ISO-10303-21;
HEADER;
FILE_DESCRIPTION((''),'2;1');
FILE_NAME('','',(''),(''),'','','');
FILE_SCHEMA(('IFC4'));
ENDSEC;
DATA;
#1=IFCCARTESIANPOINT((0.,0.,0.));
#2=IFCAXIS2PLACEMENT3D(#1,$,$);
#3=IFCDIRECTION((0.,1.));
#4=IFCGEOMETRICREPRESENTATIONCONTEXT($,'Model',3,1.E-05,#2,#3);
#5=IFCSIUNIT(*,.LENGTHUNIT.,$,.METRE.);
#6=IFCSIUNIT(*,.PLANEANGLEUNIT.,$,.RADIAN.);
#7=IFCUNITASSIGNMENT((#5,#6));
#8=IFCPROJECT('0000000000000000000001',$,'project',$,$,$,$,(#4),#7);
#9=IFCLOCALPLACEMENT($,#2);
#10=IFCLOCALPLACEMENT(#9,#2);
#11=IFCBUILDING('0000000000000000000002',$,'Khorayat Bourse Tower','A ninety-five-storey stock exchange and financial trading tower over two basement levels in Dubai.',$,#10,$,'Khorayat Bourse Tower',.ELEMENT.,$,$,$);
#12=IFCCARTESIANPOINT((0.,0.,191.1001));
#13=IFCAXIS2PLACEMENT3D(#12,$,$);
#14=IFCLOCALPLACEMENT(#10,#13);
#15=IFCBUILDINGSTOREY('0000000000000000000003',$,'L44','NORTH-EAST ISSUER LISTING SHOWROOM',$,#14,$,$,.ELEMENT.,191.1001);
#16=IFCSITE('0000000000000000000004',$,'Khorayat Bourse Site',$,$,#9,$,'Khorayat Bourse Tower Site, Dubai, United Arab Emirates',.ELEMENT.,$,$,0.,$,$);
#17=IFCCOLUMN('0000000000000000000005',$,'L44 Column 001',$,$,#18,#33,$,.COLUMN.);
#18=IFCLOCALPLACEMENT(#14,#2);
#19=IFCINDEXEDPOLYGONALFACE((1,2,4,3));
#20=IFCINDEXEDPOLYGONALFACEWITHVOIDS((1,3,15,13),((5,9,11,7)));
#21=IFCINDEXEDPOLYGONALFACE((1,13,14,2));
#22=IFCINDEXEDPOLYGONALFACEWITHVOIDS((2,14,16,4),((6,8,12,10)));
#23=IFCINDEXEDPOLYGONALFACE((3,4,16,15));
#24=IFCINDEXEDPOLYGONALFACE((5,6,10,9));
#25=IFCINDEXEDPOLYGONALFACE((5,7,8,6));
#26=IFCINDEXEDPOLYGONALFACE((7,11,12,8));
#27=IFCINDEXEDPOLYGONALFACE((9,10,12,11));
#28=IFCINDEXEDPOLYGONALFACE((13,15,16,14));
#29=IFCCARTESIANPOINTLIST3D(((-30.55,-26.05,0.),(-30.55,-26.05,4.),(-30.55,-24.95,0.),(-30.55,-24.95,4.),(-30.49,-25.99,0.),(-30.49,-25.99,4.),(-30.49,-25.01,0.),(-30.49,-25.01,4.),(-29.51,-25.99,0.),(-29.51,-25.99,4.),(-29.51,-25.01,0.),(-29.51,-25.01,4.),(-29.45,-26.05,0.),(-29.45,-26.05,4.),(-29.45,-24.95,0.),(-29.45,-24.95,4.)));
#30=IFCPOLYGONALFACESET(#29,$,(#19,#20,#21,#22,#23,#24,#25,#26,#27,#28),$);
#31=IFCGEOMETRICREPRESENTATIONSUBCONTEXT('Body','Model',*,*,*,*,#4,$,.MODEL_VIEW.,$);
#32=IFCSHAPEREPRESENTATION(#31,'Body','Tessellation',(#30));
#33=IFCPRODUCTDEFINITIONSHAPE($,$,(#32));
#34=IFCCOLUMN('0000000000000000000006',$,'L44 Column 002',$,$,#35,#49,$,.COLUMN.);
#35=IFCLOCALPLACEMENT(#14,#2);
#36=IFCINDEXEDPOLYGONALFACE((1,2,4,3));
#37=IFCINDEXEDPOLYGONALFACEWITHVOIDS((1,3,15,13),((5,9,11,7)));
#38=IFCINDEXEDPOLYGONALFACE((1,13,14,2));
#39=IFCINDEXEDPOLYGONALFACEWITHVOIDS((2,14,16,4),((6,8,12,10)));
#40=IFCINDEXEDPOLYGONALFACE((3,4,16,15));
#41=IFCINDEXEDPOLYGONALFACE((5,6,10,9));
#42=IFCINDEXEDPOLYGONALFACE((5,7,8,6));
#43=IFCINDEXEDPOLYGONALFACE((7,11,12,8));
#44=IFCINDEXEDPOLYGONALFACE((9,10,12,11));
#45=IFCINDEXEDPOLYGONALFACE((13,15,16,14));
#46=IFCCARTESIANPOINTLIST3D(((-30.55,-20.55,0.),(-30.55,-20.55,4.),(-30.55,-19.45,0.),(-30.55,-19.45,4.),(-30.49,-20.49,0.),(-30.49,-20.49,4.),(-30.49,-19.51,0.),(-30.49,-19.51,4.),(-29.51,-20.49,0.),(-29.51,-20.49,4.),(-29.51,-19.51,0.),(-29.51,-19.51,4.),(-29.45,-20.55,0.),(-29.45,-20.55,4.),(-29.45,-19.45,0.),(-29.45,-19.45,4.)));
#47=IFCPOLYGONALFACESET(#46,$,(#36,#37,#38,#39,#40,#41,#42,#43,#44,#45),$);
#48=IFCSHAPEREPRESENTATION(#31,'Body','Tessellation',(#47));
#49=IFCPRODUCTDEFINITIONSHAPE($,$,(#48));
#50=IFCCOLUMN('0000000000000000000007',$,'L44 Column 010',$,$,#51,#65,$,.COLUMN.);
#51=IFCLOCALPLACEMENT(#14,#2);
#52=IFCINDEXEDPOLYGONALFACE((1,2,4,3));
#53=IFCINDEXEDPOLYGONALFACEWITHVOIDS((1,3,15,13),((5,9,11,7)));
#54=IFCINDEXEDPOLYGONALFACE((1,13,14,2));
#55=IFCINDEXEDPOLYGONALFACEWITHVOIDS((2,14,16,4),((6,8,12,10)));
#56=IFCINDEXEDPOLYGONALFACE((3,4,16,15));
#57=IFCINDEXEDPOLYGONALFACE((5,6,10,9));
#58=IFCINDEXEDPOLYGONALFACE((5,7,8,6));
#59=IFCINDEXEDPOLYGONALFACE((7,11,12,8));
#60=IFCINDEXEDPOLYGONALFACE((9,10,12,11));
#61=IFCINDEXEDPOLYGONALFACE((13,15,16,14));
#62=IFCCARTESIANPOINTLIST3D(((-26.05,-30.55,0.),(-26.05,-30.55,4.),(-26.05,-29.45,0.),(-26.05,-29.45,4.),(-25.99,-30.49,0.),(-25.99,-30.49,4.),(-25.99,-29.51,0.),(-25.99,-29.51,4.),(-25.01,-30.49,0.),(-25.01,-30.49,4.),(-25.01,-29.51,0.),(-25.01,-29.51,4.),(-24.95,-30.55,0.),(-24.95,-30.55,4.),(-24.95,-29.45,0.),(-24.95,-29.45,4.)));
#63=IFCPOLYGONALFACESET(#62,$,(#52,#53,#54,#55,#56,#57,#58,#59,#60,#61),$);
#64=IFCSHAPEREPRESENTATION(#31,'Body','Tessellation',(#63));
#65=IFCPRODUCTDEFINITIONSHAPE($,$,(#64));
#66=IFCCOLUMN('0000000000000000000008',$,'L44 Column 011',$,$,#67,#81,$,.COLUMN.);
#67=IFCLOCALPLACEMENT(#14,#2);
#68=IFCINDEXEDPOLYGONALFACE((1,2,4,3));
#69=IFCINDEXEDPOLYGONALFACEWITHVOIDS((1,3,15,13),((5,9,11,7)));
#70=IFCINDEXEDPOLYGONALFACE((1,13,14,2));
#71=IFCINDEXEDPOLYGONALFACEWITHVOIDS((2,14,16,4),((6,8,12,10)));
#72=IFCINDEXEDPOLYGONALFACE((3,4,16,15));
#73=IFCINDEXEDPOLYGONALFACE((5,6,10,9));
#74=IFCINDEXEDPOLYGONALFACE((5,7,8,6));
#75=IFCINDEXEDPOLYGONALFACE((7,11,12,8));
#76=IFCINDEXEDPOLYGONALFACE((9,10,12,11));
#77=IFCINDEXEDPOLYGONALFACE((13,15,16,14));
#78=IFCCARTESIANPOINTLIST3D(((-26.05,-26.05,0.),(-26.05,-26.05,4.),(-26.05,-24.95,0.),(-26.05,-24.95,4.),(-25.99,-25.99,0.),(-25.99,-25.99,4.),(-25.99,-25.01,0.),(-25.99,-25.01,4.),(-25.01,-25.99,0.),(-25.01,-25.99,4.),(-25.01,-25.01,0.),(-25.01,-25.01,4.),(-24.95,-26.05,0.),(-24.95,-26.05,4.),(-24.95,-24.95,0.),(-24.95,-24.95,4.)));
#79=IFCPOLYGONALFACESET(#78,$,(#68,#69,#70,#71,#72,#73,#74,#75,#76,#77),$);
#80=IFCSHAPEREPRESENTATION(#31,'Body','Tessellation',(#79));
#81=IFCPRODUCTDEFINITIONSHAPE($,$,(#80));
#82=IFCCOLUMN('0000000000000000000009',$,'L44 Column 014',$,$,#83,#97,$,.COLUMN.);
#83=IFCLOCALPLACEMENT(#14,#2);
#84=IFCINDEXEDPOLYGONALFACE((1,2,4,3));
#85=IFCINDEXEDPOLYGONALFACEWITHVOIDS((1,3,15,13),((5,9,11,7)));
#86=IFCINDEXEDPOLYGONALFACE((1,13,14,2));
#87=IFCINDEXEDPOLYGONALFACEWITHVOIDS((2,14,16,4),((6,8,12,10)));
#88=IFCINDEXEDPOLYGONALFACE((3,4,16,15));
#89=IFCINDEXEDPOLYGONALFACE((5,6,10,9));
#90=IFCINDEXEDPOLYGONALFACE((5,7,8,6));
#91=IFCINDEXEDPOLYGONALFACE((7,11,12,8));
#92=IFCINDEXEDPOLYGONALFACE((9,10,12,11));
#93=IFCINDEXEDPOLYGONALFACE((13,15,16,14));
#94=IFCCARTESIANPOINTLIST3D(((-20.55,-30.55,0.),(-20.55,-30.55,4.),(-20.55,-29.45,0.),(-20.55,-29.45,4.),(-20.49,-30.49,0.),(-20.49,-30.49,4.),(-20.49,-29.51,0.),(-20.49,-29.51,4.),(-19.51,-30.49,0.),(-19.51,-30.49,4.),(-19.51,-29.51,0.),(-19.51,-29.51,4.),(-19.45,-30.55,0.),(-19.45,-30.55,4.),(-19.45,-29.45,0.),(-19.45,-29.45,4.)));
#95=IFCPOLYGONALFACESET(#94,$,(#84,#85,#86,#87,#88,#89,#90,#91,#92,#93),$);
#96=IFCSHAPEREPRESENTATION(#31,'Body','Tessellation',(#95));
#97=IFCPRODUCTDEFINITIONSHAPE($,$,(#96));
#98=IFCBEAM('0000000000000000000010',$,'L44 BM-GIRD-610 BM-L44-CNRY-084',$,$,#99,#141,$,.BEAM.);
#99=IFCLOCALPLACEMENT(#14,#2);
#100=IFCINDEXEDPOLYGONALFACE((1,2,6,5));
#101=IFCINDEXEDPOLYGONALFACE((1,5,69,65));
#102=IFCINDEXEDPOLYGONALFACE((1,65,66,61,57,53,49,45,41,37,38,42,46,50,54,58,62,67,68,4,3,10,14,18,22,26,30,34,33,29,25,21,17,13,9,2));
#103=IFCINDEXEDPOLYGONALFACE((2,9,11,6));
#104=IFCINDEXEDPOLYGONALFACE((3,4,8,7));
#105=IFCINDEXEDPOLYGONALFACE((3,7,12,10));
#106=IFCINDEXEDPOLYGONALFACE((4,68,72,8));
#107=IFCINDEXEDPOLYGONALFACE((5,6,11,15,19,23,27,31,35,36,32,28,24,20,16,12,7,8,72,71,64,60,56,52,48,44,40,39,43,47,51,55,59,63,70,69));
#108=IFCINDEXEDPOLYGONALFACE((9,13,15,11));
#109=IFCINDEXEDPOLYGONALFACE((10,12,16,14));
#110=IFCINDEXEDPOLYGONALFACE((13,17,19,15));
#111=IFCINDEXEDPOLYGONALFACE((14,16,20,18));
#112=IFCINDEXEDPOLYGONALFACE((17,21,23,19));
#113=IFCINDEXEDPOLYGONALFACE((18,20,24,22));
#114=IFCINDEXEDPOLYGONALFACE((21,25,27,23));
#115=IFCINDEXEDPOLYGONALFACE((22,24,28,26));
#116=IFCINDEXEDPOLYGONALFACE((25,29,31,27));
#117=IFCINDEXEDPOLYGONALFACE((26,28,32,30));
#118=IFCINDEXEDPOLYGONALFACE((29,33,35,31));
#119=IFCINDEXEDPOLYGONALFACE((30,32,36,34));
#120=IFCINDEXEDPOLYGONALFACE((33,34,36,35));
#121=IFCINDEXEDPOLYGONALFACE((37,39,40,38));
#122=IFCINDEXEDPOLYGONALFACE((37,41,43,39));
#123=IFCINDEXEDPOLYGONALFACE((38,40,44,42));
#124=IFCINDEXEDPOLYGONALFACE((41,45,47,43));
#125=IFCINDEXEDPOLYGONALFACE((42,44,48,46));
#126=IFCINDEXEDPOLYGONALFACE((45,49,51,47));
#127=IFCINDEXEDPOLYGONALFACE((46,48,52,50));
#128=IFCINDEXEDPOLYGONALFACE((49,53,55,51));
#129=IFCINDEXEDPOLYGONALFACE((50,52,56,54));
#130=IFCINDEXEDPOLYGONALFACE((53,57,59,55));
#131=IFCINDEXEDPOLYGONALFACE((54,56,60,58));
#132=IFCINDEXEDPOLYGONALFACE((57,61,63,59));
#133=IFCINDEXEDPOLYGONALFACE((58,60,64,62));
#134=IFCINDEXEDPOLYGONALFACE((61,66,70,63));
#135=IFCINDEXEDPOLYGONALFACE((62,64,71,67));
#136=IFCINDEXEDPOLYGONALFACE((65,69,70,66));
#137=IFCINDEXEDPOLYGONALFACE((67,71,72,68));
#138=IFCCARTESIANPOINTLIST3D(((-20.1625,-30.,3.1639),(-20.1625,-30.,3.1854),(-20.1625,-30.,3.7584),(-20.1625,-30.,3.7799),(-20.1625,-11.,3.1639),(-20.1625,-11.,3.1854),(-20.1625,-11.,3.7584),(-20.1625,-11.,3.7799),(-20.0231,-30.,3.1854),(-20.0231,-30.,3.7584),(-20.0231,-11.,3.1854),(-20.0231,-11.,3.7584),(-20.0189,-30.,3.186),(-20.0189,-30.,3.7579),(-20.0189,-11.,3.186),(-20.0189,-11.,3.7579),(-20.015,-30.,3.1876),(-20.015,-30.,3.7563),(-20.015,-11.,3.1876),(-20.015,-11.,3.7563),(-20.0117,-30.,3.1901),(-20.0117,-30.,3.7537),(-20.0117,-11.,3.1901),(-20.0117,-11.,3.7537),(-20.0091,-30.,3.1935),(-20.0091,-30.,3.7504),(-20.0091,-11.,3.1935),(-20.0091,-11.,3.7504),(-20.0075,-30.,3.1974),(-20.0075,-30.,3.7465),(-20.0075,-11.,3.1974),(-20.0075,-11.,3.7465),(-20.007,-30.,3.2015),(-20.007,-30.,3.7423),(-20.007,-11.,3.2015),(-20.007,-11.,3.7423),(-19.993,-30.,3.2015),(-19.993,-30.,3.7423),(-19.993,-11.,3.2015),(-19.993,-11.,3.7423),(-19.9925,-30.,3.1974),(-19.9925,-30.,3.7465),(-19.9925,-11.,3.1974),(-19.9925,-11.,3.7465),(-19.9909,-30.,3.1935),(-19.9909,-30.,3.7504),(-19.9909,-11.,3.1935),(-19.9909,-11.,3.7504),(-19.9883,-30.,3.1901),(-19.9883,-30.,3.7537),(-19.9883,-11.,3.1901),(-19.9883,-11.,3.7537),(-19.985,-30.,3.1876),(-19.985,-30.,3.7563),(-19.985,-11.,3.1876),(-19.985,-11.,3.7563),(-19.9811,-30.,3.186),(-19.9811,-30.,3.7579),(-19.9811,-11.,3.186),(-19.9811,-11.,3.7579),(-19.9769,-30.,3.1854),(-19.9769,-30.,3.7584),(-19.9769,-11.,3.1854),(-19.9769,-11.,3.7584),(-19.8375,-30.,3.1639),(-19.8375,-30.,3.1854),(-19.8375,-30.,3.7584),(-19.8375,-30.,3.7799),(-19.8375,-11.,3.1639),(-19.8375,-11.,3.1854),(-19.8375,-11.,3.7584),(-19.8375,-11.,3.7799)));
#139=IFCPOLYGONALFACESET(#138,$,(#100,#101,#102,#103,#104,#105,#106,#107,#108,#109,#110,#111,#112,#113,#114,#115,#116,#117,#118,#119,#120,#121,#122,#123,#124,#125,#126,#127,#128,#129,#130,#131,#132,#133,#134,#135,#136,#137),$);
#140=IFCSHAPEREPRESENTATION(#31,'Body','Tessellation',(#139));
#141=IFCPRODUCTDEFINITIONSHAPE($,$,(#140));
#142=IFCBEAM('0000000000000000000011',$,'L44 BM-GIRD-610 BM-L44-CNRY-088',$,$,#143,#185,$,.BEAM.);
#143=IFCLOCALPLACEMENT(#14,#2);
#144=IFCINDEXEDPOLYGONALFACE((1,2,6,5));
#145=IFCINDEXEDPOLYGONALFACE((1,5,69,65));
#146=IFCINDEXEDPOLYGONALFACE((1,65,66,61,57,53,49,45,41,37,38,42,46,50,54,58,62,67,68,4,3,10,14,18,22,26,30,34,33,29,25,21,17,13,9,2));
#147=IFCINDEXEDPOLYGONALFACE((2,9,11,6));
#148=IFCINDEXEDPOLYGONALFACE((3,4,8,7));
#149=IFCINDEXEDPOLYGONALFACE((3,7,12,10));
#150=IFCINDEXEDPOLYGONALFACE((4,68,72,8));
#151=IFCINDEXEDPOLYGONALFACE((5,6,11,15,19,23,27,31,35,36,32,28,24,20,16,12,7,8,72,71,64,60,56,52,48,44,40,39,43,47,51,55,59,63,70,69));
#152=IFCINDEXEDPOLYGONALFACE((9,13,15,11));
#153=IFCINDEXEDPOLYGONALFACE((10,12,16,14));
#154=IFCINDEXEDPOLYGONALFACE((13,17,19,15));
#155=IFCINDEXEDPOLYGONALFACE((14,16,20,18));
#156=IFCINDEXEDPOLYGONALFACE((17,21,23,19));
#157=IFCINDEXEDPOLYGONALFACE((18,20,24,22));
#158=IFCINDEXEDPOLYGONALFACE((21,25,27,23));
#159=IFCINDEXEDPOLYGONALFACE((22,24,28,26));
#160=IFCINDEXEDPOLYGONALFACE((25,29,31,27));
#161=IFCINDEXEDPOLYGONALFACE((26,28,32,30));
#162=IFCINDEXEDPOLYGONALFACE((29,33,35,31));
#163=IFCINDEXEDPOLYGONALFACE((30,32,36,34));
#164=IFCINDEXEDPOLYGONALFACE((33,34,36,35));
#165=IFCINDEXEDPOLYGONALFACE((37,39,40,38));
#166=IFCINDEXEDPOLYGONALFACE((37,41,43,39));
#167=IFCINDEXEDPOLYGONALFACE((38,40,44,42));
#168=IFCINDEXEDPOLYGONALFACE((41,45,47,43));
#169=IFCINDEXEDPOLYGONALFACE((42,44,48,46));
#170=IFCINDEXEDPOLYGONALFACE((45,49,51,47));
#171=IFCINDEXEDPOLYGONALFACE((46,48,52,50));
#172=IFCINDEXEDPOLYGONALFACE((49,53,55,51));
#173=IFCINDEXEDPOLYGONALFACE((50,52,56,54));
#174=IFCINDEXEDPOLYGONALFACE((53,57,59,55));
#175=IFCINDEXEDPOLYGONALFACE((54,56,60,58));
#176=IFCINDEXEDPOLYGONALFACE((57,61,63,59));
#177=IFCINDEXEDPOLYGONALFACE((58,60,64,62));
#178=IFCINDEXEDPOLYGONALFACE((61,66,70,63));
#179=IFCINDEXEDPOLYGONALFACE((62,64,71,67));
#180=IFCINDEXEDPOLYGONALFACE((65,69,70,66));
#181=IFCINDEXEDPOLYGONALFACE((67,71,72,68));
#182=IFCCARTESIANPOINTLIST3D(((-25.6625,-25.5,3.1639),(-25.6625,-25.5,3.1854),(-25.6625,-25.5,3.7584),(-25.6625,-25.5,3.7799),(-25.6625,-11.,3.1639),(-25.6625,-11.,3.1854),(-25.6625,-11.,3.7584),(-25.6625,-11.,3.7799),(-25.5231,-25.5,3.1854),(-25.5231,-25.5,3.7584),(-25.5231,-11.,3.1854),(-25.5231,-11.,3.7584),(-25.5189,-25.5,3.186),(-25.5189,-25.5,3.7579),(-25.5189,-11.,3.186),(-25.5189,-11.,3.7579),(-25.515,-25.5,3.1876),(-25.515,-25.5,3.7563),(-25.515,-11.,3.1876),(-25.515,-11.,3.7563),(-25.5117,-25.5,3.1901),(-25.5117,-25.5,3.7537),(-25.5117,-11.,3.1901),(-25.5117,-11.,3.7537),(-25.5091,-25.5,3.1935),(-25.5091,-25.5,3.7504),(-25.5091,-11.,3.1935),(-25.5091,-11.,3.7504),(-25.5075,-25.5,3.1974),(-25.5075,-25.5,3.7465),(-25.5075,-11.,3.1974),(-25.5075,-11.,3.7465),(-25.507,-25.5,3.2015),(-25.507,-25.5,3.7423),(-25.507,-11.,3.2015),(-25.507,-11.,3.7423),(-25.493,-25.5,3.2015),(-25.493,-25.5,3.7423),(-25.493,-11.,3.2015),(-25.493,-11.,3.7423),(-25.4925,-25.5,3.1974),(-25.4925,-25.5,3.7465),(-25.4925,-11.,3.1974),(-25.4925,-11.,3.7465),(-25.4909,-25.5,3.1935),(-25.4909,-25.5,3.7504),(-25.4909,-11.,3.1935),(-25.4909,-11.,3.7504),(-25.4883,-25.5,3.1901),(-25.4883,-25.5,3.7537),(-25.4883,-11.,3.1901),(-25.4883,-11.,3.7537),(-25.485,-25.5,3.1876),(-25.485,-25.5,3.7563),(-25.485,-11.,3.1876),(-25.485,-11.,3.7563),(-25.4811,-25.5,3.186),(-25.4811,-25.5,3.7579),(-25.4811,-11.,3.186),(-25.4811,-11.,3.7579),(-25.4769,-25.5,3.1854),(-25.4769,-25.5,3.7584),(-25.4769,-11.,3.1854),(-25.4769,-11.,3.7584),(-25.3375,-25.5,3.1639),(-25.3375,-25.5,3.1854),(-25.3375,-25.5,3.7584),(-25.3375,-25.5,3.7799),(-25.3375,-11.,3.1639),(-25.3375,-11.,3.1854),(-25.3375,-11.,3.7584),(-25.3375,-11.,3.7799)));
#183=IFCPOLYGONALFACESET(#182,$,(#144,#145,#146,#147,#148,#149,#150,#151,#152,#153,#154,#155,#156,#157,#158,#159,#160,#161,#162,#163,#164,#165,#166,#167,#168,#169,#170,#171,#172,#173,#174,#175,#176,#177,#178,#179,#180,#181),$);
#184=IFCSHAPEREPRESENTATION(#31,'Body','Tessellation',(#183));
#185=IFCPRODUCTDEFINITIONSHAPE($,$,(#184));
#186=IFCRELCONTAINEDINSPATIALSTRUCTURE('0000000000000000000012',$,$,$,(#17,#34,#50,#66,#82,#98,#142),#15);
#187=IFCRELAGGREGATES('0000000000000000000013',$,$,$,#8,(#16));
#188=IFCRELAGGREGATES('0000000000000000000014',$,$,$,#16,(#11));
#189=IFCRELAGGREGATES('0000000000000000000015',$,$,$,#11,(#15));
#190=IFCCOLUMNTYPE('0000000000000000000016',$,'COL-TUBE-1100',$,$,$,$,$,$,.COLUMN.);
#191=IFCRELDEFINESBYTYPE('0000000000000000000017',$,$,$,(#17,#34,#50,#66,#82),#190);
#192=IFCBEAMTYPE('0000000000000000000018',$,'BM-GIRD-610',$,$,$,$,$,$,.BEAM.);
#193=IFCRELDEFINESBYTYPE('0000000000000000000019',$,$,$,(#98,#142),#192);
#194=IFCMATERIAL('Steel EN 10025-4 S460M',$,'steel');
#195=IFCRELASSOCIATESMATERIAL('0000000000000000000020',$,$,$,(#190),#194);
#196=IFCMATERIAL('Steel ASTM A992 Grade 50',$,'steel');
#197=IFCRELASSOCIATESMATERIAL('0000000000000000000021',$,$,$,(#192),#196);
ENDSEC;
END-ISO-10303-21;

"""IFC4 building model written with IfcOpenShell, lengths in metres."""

from ifc_helpers import new_model, si_unit, direction, frame, origin, origin_2d, place, context, subcontext, project, spatial, hollow_rectangle, i_section, extrude, source, transform, mapped, material, material_profile, profile_set, type_object, element, save


model = new_model("IFC4")

# Units and contexts
model_context = context("Model", 3, precision=1e-05, world=origin(), true_north=direction((0.0, 1.0)))
body_context = subcontext(model_context, "Body", "Model", "MODEL_VIEW")
ifc_project = project(units=[si_unit("LENGTHUNIT", "METRE"), si_unit("PLANEANGLEUNIT", "RADIAN")], contexts=[model_context])

# Site, building, storey
site_placement = place(None, origin())
site = spatial("IfcSite", under=ifc_project, at=site_placement, Name="Khorayat Bourse Site", LongName="Khorayat Bourse Tower Site, Dubai, United Arab Emirates", CompositionType="ELEMENT", RefElevation=0.0)
building_placement = place(site_placement, origin())
building = spatial("IfcBuilding", under=site, at=building_placement, Name="Khorayat Bourse Tower", Description="A ninety-five-storey stock exchange and financial trading tower over two basement levels in Dubai.", LongName="Khorayat Bourse Tower", CompositionType="ELEMENT")
storey_placement = place(building_placement, frame((0.0, 0.0, 191.1001)))
storey = spatial("IfcBuildingStorey", under=building, at=storey_placement, Name="L44", Description="NORTH-EAST ISSUER LISTING SHOWROOM", CompositionType="ELEMENT", Elevation=191.1001)

# Columns
ifc_material_1 = material(Name="Steel EN 10025-4 S460M", Category="steel")
ifc_material_profile_1 = material_profile(ifc_material_1, hollow_rectangle(XDim=1.1001, YDim=1.1001, WallThickness=0.0601, at=origin_2d()), Name="BOX 1100x1100x60")
ifc_profile_set_1 = profile_set([ifc_material_profile_1], Name="Steel EN 10025-4 S460M")
column_type = type_object("IfcColumnType", Name="COL-TUBE-1100", PredefinedType="COLUMN", material=ifc_profile_set_1)
shared_shape_1 = source(origin(), body_context, "Body", "SweptSolid", [
    extrude(hollow_rectangle(XDim=1.1001, YDim=1.1001, WallThickness=0.0601, at=origin_2d()), origin(), (0.0, 0.0, 1.0), 4.0),
])
for number, where, z_axis, x_axis, name in (
    (1, (-30.0, -25.5, 0.0), (0.0, 0.0, 1.0), (1.0, 0.0, 0.0), "L44 Column 001"),
    (2, (-30.0, -20.0, 0.0), (0.0, 0.0, 1.0), (1.0, 0.0, 0.0), "L44 Column 002"),
    (3, (-25.5, -30.0, 0.0), (0.0, 0.0, 1.0), (1.0, 0.0, 0.0), "L44 Column 010"),
    (4, (-25.5, -25.5, 0.0), (0.0, 0.0, 1.0), (1.0, 0.0, 0.0), "L44 Column 011"),
    (5, (-20.0, -30.0, 0.0), (0.0, 0.0, 1.0), (1.0, 0.0, 0.0), "L44 Column 014"),
):
    element("IfcColumn", number, at=place(storey_placement, frame(where, z_axis=z_axis, x_axis=x_axis)), inside=storey, type_object=column_type, Name=name, PredefinedType="COLUMN", context=body_context, shape_type="MappedRepresentation", body=[
        mapped(shared_shape_1, transform((0.0, 0.0, 0.0), scale=1.0)),
    ])

# Beams
ifc_material_2 = material(Name="Steel ASTM A992 Grade 50", Category="steel")
ifc_material_profile_2 = material_profile(ifc_material_2, i_section(OverallWidth=0.325, OverallDepth=0.616, WebThickness=0.0139, FlangeThickness=0.0215, FilletRadius=0.0161, at=origin_2d()), Name="W610X174")
ifc_profile_set_2 = profile_set([ifc_material_profile_2], Name="Steel ASTM A992 Grade 50")
beam_type_1 = type_object("IfcBeamType", Name="BM-GIRD-610", PredefinedType="BEAM", material=ifc_profile_set_2)
shared_shape_2 = source(origin(), body_context, "Body", "SweptSolid", [
    extrude(i_section(OverallWidth=0.325, OverallDepth=0.616, WebThickness=0.0139, FlangeThickness=0.0215, FilletRadius=0.0161, at=origin_2d()), origin(), (0.0, 0.0, 1.0), 19.0),
])
beam_1_placement = place(storey_placement, frame((-20.0, -30.0, 3.4719), z_axis=(0.0, 1.0, 0.0), x_axis=(-1.0, 0.0, 0.0)))
element("IfcBeam", 6, at=beam_1_placement, inside=storey, type_object=beam_type_1, Name="L44 BM-GIRD-610 BM-L44-CNRY-084", PredefinedType="BEAM", context=body_context, shape_type="MappedRepresentation", body=[
    mapped(shared_shape_2, transform((0.0, 0.0, 0.0), scale=1.0)),
])
shared_shape_3 = source(origin(), body_context, "Body", "SweptSolid", [
    extrude(i_section(OverallWidth=0.325, OverallDepth=0.616, WebThickness=0.0139, FlangeThickness=0.0215, FilletRadius=0.0161, at=origin_2d()), origin(), (0.0, 0.0, 1.0), 14.5),
])
beam_2_placement = place(storey_placement, frame((-25.5, -25.5, 3.4719), z_axis=(0.0, 1.0, 0.0), x_axis=(-1.0, 0.0, 0.0)))
element("IfcBeam", 7, at=beam_2_placement, inside=storey, type_object=beam_type_1, Name="L44 BM-GIRD-610 BM-L44-CNRY-088", PredefinedType="BEAM", context=body_context, shape_type="MappedRepresentation", body=[
    mapped(shared_shape_3, transform((0.0, 0.0, 0.0), scale=1.0)),
])

save(model, "model.ifc")
